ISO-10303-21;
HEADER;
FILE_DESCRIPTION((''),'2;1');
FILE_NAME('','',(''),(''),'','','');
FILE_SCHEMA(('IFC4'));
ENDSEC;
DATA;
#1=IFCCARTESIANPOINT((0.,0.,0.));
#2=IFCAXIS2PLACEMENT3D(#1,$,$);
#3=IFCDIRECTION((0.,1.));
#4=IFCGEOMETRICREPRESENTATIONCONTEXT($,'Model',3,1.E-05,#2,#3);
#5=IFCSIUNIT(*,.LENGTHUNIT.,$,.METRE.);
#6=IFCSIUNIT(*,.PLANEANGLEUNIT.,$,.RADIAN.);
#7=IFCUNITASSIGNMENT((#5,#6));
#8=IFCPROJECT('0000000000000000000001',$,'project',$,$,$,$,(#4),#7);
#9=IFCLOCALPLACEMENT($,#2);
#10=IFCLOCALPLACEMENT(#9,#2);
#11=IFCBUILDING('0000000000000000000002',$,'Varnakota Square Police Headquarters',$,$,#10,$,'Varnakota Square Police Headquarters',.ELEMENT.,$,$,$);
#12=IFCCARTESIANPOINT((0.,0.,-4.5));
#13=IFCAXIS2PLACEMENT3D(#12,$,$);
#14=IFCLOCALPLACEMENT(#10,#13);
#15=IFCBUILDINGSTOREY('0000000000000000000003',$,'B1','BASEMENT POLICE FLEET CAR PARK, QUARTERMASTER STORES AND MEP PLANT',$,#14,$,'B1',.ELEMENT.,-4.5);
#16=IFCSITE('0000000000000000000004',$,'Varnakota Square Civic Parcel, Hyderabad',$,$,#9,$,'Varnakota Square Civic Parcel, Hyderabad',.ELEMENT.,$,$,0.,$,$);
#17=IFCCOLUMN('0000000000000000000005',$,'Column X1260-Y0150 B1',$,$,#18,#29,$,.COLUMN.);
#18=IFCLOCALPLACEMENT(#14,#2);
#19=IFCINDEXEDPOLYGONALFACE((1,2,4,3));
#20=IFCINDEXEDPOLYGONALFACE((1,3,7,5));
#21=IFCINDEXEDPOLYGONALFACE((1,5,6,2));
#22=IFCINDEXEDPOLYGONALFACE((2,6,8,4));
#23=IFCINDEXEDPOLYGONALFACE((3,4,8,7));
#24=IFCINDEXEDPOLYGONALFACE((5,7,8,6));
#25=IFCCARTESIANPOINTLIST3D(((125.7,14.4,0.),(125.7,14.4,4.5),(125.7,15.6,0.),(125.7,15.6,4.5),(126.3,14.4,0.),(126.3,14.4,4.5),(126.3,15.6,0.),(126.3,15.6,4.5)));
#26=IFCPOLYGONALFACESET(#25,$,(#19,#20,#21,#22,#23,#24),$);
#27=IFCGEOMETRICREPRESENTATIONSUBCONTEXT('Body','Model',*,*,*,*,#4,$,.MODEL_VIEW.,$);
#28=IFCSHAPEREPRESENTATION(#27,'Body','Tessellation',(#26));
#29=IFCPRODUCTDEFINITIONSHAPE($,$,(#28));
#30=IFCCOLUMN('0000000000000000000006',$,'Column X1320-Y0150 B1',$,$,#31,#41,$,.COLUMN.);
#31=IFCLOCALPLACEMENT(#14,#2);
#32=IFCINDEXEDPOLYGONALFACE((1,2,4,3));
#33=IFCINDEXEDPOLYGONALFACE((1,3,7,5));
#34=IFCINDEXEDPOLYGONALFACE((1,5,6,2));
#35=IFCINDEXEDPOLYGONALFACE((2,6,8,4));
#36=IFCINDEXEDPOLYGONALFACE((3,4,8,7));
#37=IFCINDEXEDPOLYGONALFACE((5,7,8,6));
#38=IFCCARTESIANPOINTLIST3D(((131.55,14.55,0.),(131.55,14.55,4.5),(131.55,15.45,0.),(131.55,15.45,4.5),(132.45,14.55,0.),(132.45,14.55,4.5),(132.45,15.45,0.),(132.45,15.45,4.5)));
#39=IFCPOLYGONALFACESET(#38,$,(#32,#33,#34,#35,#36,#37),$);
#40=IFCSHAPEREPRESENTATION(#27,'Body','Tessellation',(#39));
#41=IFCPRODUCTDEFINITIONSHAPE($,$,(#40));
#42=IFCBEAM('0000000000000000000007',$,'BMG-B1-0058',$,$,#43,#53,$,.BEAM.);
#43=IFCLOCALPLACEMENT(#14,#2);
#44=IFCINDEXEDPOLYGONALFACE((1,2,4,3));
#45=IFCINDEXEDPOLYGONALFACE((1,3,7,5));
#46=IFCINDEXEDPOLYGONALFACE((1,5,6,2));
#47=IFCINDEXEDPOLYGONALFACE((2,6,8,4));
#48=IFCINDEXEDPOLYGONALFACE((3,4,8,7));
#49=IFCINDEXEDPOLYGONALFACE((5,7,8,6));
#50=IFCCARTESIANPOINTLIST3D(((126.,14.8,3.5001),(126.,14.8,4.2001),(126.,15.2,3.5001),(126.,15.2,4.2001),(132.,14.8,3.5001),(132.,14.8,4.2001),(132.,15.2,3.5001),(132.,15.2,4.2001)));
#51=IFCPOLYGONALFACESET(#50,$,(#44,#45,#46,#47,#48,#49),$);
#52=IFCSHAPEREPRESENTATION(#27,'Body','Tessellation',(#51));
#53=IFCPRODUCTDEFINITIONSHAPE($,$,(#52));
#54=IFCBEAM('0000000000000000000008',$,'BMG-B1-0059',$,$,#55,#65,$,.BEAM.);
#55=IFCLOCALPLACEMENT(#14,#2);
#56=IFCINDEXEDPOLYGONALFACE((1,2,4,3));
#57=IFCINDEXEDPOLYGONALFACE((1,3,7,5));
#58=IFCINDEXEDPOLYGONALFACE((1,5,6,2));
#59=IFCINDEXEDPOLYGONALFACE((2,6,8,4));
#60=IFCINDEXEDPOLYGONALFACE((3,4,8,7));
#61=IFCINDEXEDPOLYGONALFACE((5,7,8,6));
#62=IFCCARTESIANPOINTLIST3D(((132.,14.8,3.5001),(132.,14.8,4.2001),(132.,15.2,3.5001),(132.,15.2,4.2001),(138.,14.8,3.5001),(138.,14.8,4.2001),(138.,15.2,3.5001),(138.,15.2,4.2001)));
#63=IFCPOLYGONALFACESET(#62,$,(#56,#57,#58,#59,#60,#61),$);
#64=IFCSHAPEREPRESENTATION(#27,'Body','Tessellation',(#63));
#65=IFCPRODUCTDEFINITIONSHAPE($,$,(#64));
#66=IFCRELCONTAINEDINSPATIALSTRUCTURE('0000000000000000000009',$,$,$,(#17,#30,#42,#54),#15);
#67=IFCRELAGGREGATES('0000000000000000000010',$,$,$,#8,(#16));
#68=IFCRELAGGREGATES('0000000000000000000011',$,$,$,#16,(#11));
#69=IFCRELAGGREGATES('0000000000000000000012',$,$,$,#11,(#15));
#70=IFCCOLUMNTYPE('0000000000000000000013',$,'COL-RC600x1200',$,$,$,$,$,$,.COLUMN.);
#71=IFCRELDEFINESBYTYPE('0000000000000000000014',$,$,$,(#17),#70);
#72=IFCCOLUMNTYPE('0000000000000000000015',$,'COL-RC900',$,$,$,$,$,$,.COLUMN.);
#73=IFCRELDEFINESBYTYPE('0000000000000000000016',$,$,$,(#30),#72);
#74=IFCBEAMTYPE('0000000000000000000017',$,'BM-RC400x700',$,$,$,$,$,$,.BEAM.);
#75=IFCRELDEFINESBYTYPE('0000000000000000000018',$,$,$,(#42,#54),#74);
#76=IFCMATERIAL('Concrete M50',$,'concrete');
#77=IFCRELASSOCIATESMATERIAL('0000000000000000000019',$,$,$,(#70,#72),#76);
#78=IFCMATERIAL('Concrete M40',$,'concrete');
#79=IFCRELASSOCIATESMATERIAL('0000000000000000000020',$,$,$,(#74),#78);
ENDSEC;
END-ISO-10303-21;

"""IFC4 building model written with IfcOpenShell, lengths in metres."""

from ifc_helpers import new_model, si_unit, direction, frame, origin, origin_2d, place, context, subcontext, project, spatial, rectangle, extrude, material, material_profile, profile_set, type_object, element, save


model = new_model("IFC4")

# Units and contexts
model_context = context("Model", 3, precision=1e-05, world=origin(), true_north=direction((0.0, 1.0)))
body_context = subcontext(model_context, "Body", "Model", "MODEL_VIEW")
ifc_project = project(units=[si_unit("LENGTHUNIT", "METRE"), si_unit("PLANEANGLEUNIT", "RADIAN")], contexts=[model_context])

# Site, building, storey
site_placement = place(None, origin())
site = spatial("IfcSite", under=ifc_project, at=site_placement, Name="Varnakota Square Civic Parcel, Hyderabad", LongName="Varnakota Square Civic Parcel, Hyderabad", CompositionType="ELEMENT", RefElevation=0.0)
building_placement = place(site_placement, origin())
building = spatial("IfcBuilding", under=site, at=building_placement, Name="Varnakota Square Police Headquarters", LongName="Varnakota Square Police Headquarters", CompositionType="ELEMENT")
storey_placement = place(building_placement, frame((0.0, 0.0, -4.5)))
storey = spatial("IfcBuildingStorey", under=building, at=storey_placement, Name="B1", Description="BASEMENT POLICE FLEET CAR PARK, QUARTERMASTER STORES AND MEP PLANT", LongName="B1", CompositionType="ELEMENT", Elevation=-4.5)

# Shared definitions
ifc_material_1 = material(Name="Concrete M50", Category="concrete")

# Shared definitions
ifc_material_2 = material(Name="Concrete M40", Category="concrete")

# Columns
ifc_material_profile_1 = material_profile(ifc_material_1, rectangle(XDim=0.6001, YDim=1.2, at=origin_2d()), Name="RC 600x1200")
ifc_profile_set_1 = profile_set([ifc_material_profile_1], Name="Concrete M50")
column_type_1 = type_object("IfcColumnType", Name="COL-RC600x1200", PredefinedType="COLUMN", material=ifc_profile_set_1)
column_1_placement = place(storey_placement, frame((126.0, 15.0, 0.0), z_axis=(0.0, 0.0, 1.0), x_axis=(1.0, 0.0, 0.0)))
element("IfcColumn", 1, at=column_1_placement, inside=storey, type_object=column_type_1, Name="Column X1260-Y0150 B1", PredefinedType="COLUMN", context=body_context, shape_type="SweptSolid", body=[
    extrude(rectangle(XDim=0.6001, YDim=1.2, at=origin_2d()), origin(), (0.0, 0.0, 1.0), 4.5),
])
ifc_material_profile_2 = material_profile(ifc_material_1, rectangle(XDim=0.8999, YDim=0.8999, at=origin_2d()), Name="RC 900x900")
ifc_profile_set_2 = profile_set([ifc_material_profile_2], Name="Concrete M50")
column_type_2 = type_object("IfcColumnType", Name="COL-RC900", PredefinedType="COLUMN", material=ifc_profile_set_2)
column_2_placement = place(storey_placement, frame((132.0, 15.0, 0.0), z_axis=(0.0, 0.0, 1.0), x_axis=(1.0, 0.0, 0.0)))
element("IfcColumn", 2, at=column_2_placement, inside=storey, type_object=column_type_2, Name="Column X1320-Y0150 B1", PredefinedType="COLUMN", context=body_context, shape_type="SweptSolid", body=[
    extrude(rectangle(XDim=0.8999, YDim=0.8999, at=origin_2d()), origin(), (0.0, 0.0, 1.0), 4.5),
])

# Beams
ifc_material_profile_3 = material_profile(ifc_material_2, rectangle(XDim=0.3999, YDim=0.7, at=origin_2d()), Name="RC 400x700")
ifc_profile_set_3 = profile_set([ifc_material_profile_3], Name="Concrete M40")
beam_type = type_object("IfcBeamType", Name="BM-RC400x700", PredefinedType="BEAM", material=ifc_profile_set_3)
for number, where, z_axis, x_axis, name in (
    (3, (126.0, 15.0, 3.8501), (1.0, 0.0, 0.0), (0.0, 1.0, 0.0), "BMG-B1-0058"),
    (4, (132.0, 15.0, 3.8501), (1.0, 0.0, 0.0), (0.0, 1.0, 0.0), "BMG-B1-0059"),
):
    element("IfcBeam", number, at=place(storey_placement, frame(where, z_axis=z_axis, x_axis=x_axis)), inside=storey, type_object=beam_type, Name=name, PredefinedType="BEAM", context=body_context, shape_type="SweptSolid", body=[
        extrude(rectangle(XDim=0.3999, YDim=0.7, at=origin_2d()), origin(), (0.0, 0.0, 1.0), 6.0),
    ])

save(model, "model.ifc")
